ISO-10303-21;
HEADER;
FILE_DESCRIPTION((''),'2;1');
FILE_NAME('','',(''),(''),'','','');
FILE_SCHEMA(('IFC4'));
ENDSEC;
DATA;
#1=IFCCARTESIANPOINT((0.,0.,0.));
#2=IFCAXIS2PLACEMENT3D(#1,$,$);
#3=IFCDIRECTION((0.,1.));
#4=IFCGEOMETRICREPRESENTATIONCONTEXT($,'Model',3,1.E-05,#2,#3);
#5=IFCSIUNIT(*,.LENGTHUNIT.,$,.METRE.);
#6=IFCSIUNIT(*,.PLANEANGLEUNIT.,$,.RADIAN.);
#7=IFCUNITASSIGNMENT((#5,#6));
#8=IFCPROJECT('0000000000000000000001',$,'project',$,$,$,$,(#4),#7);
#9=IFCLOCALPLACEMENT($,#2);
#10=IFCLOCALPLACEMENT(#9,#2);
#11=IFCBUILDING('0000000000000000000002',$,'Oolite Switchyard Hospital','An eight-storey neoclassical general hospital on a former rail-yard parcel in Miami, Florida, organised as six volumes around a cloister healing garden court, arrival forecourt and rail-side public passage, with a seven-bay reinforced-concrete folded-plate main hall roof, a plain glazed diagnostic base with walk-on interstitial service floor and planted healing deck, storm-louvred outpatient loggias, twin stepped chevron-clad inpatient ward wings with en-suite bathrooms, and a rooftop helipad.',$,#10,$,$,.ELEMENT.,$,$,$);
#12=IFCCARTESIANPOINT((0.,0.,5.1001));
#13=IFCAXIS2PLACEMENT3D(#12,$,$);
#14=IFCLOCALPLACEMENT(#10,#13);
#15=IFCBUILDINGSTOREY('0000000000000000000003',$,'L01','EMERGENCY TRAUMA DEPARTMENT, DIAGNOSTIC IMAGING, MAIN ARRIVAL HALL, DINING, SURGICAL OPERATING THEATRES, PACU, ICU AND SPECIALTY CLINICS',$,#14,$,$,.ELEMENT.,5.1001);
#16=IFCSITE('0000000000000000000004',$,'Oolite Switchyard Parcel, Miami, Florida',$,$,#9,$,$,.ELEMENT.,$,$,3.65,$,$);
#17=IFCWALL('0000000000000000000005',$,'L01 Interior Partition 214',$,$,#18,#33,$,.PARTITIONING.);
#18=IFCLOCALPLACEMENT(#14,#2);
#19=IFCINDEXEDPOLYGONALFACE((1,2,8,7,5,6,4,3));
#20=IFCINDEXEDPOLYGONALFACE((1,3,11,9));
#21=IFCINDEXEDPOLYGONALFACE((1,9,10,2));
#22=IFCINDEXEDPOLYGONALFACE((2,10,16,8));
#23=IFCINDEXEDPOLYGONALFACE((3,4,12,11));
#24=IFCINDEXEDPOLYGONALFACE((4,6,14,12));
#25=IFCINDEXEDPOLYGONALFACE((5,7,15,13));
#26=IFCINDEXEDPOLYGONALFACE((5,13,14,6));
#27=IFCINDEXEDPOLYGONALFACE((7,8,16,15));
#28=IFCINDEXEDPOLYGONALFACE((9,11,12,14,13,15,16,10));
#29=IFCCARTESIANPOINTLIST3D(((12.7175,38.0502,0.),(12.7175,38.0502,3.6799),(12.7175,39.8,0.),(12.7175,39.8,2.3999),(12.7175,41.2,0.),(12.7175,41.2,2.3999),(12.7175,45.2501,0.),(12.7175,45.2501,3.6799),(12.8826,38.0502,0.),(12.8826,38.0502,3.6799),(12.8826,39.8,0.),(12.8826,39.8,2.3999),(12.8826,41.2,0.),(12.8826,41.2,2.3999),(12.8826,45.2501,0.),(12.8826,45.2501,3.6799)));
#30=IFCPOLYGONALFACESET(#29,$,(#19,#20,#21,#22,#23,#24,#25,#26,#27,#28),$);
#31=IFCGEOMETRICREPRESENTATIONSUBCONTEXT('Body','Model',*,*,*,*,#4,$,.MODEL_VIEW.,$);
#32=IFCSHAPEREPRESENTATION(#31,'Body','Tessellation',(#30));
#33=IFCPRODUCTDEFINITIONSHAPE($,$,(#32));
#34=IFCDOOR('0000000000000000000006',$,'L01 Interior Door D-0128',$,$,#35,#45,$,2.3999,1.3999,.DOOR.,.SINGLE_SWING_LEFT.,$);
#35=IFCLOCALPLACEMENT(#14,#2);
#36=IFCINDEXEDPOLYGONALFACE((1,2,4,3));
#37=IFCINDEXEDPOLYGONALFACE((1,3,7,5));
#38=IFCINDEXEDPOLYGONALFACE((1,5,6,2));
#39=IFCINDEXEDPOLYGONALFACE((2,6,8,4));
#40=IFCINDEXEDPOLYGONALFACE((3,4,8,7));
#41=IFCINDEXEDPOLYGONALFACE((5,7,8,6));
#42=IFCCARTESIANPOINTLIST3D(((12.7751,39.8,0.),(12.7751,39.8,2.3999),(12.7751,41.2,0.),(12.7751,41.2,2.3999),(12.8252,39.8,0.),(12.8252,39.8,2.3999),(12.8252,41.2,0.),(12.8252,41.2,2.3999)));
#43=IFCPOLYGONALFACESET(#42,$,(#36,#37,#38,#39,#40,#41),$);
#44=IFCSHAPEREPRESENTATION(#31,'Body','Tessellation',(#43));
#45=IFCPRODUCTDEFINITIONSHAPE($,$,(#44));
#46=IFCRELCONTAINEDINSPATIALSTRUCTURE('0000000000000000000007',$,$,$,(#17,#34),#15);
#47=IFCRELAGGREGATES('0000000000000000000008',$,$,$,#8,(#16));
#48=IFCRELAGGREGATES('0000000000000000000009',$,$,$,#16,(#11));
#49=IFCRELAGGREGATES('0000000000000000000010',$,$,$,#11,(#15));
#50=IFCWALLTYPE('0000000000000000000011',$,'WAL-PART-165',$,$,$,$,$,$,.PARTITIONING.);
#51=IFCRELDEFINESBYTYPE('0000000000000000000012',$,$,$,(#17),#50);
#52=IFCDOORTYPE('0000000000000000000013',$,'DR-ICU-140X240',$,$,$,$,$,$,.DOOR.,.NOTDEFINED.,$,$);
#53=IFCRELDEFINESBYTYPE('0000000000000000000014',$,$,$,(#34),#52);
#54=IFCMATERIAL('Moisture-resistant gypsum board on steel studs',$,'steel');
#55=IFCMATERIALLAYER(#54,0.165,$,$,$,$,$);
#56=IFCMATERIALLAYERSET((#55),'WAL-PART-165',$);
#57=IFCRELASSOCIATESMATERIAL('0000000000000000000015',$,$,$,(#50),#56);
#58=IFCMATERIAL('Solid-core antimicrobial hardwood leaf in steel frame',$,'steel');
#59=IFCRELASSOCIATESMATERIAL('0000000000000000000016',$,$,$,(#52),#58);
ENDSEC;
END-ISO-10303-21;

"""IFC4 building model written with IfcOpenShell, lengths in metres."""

from ifc_helpers import new_model, si_unit, direction, frame, frame_2d, origin, place, context, subcontext, project, spatial, rectangle, extrude, material, layer, layer_set, type_object, element, fill, save


model = new_model("IFC4")

# Units and contexts
model_context = context("Model", 3, precision=1e-05, world=origin(), true_north=direction((0.0, 1.0)))
body_context = subcontext(model_context, "Body", "Model", "MODEL_VIEW")
ifc_project = project(units=[si_unit("LENGTHUNIT", "METRE"), si_unit("PLANEANGLEUNIT", "RADIAN")], contexts=[model_context])

# Site, building, storey
site_placement = place(None, origin())
site = spatial("IfcSite", under=ifc_project, at=site_placement, Name="Oolite Switchyard Parcel, Miami, Florida", CompositionType="ELEMENT", RefElevation=3.65)
building_placement = place(site_placement, origin())
building = spatial("IfcBuilding", under=site, at=building_placement, Name="Oolite Switchyard Hospital", Description="An eight-storey neoclassical general hospital on a former rail-yard parcel in Miami, Florida, organised as six volumes around a cloister healing garden court, arrival forecourt and rail-side public passage, with a seven-bay reinforced-concrete folded-plate main hall roof, a plain glazed diagnostic base with walk-on interstitial service floor and planted healing deck, storm-louvred outpatient loggias, twin stepped chevron-clad inpatient ward wings with en-suite bathrooms, and a rooftop helipad.", CompositionType="ELEMENT")
storey_placement = place(building_placement, frame((0.0, 0.0, 5.1001)))
storey = spatial("IfcBuildingStorey", under=building, at=storey_placement, Name="L01", Description="EMERGENCY TRAUMA DEPARTMENT, DIAGNOSTIC IMAGING, MAIN ARRIVAL HALL, DINING, SURGICAL OPERATING THEATRES, PACU, ICU AND SPECIALTY CLINICS", CompositionType="ELEMENT", Elevation=5.1001)

# Shared definitions
ifc_material_1 = material(Name="Moisture-resistant gypsum board on steel studs", Category="steel")
ifc_material_2 = material(Name="Solid-core antimicrobial hardwood leaf in steel frame", Category="steel")

# Wall, opening, door
ifc_layer_1 = layer(ifc_material_1, 0.165)
ifc_layer_set_1 = layer_set([ifc_layer_1], Name="WAL-PART-165")
wall_type_1 = type_object("IfcWallType", Name="WAL-PART-165", PredefinedType="PARTITIONING", material=ifc_layer_set_1)
wall_1_placement = place(storey_placement, frame((12.8, 38.05, 0.0), z_axis=(0.0, 0.0, 1.0), x_axis=(0.0, 1.0, 0.0)))
wall_1 = element("IfcWall", 1, at=wall_1_placement, inside=storey, type_object=wall_type_1, Name="L01 Interior Partition 214", PredefinedType="PARTITIONING", context=body_context, shape_type="SweptSolid", body=[
    extrude(rectangle(XDim=7.2, YDim=0.165, at=frame_2d((3.6001, 0.0))), origin(), (0.0, 0.0, 1.0), 3.6799),
])
opening_1_placement = place(wall_1_placement, frame((1.75, 0.0, 0.0)))
opening_1 = element("IfcOpeningElement", 2, at=opening_1_placement, cuts=wall_1, PredefinedType="OPENING", context=body_context, shape_type="SweptSolid", body=[
    extrude(rectangle(XDim=1.3999, YDim=2.3999, at=frame_2d((0.7, 1.2))), frame((0.0, 0.0925, 0.0), z_axis=(0.0, -1.0, 0.0), x_axis=(1.0, 0.0, 0.0)), (0.0, 0.0, 1.0), 0.1851),
])
door_type_1 = type_object("IfcDoorType", Name="DR-ICU-140X240", OperationType="NOTDEFINED", PredefinedType="DOOR", material=ifc_material_2)
door_1_placement = place(opening_1_placement, origin())
door_1 = element("IfcDoor", 3, at=door_1_placement, inside=storey, type_object=door_type_1, Name="L01 Interior Door D-0128", OperationType="SINGLE_SWING_LEFT", OverallHeight=2.3999, OverallWidth=1.3999, PredefinedType="DOOR", context=body_context, shape_type="SweptSolid", body=[
    extrude(rectangle(XDim=1.3999, YDim=2.3999, at=frame_2d((0.7, 1.2))), frame((0.0, 0.0249, 0.0), z_axis=(0.0, -1.0, 0.0), x_axis=(1.0, 0.0, 0.0)), (0.0, 0.0, 1.0), 0.05),
])
fill(opening_1, door_1)

save(model, "model.ifc")
